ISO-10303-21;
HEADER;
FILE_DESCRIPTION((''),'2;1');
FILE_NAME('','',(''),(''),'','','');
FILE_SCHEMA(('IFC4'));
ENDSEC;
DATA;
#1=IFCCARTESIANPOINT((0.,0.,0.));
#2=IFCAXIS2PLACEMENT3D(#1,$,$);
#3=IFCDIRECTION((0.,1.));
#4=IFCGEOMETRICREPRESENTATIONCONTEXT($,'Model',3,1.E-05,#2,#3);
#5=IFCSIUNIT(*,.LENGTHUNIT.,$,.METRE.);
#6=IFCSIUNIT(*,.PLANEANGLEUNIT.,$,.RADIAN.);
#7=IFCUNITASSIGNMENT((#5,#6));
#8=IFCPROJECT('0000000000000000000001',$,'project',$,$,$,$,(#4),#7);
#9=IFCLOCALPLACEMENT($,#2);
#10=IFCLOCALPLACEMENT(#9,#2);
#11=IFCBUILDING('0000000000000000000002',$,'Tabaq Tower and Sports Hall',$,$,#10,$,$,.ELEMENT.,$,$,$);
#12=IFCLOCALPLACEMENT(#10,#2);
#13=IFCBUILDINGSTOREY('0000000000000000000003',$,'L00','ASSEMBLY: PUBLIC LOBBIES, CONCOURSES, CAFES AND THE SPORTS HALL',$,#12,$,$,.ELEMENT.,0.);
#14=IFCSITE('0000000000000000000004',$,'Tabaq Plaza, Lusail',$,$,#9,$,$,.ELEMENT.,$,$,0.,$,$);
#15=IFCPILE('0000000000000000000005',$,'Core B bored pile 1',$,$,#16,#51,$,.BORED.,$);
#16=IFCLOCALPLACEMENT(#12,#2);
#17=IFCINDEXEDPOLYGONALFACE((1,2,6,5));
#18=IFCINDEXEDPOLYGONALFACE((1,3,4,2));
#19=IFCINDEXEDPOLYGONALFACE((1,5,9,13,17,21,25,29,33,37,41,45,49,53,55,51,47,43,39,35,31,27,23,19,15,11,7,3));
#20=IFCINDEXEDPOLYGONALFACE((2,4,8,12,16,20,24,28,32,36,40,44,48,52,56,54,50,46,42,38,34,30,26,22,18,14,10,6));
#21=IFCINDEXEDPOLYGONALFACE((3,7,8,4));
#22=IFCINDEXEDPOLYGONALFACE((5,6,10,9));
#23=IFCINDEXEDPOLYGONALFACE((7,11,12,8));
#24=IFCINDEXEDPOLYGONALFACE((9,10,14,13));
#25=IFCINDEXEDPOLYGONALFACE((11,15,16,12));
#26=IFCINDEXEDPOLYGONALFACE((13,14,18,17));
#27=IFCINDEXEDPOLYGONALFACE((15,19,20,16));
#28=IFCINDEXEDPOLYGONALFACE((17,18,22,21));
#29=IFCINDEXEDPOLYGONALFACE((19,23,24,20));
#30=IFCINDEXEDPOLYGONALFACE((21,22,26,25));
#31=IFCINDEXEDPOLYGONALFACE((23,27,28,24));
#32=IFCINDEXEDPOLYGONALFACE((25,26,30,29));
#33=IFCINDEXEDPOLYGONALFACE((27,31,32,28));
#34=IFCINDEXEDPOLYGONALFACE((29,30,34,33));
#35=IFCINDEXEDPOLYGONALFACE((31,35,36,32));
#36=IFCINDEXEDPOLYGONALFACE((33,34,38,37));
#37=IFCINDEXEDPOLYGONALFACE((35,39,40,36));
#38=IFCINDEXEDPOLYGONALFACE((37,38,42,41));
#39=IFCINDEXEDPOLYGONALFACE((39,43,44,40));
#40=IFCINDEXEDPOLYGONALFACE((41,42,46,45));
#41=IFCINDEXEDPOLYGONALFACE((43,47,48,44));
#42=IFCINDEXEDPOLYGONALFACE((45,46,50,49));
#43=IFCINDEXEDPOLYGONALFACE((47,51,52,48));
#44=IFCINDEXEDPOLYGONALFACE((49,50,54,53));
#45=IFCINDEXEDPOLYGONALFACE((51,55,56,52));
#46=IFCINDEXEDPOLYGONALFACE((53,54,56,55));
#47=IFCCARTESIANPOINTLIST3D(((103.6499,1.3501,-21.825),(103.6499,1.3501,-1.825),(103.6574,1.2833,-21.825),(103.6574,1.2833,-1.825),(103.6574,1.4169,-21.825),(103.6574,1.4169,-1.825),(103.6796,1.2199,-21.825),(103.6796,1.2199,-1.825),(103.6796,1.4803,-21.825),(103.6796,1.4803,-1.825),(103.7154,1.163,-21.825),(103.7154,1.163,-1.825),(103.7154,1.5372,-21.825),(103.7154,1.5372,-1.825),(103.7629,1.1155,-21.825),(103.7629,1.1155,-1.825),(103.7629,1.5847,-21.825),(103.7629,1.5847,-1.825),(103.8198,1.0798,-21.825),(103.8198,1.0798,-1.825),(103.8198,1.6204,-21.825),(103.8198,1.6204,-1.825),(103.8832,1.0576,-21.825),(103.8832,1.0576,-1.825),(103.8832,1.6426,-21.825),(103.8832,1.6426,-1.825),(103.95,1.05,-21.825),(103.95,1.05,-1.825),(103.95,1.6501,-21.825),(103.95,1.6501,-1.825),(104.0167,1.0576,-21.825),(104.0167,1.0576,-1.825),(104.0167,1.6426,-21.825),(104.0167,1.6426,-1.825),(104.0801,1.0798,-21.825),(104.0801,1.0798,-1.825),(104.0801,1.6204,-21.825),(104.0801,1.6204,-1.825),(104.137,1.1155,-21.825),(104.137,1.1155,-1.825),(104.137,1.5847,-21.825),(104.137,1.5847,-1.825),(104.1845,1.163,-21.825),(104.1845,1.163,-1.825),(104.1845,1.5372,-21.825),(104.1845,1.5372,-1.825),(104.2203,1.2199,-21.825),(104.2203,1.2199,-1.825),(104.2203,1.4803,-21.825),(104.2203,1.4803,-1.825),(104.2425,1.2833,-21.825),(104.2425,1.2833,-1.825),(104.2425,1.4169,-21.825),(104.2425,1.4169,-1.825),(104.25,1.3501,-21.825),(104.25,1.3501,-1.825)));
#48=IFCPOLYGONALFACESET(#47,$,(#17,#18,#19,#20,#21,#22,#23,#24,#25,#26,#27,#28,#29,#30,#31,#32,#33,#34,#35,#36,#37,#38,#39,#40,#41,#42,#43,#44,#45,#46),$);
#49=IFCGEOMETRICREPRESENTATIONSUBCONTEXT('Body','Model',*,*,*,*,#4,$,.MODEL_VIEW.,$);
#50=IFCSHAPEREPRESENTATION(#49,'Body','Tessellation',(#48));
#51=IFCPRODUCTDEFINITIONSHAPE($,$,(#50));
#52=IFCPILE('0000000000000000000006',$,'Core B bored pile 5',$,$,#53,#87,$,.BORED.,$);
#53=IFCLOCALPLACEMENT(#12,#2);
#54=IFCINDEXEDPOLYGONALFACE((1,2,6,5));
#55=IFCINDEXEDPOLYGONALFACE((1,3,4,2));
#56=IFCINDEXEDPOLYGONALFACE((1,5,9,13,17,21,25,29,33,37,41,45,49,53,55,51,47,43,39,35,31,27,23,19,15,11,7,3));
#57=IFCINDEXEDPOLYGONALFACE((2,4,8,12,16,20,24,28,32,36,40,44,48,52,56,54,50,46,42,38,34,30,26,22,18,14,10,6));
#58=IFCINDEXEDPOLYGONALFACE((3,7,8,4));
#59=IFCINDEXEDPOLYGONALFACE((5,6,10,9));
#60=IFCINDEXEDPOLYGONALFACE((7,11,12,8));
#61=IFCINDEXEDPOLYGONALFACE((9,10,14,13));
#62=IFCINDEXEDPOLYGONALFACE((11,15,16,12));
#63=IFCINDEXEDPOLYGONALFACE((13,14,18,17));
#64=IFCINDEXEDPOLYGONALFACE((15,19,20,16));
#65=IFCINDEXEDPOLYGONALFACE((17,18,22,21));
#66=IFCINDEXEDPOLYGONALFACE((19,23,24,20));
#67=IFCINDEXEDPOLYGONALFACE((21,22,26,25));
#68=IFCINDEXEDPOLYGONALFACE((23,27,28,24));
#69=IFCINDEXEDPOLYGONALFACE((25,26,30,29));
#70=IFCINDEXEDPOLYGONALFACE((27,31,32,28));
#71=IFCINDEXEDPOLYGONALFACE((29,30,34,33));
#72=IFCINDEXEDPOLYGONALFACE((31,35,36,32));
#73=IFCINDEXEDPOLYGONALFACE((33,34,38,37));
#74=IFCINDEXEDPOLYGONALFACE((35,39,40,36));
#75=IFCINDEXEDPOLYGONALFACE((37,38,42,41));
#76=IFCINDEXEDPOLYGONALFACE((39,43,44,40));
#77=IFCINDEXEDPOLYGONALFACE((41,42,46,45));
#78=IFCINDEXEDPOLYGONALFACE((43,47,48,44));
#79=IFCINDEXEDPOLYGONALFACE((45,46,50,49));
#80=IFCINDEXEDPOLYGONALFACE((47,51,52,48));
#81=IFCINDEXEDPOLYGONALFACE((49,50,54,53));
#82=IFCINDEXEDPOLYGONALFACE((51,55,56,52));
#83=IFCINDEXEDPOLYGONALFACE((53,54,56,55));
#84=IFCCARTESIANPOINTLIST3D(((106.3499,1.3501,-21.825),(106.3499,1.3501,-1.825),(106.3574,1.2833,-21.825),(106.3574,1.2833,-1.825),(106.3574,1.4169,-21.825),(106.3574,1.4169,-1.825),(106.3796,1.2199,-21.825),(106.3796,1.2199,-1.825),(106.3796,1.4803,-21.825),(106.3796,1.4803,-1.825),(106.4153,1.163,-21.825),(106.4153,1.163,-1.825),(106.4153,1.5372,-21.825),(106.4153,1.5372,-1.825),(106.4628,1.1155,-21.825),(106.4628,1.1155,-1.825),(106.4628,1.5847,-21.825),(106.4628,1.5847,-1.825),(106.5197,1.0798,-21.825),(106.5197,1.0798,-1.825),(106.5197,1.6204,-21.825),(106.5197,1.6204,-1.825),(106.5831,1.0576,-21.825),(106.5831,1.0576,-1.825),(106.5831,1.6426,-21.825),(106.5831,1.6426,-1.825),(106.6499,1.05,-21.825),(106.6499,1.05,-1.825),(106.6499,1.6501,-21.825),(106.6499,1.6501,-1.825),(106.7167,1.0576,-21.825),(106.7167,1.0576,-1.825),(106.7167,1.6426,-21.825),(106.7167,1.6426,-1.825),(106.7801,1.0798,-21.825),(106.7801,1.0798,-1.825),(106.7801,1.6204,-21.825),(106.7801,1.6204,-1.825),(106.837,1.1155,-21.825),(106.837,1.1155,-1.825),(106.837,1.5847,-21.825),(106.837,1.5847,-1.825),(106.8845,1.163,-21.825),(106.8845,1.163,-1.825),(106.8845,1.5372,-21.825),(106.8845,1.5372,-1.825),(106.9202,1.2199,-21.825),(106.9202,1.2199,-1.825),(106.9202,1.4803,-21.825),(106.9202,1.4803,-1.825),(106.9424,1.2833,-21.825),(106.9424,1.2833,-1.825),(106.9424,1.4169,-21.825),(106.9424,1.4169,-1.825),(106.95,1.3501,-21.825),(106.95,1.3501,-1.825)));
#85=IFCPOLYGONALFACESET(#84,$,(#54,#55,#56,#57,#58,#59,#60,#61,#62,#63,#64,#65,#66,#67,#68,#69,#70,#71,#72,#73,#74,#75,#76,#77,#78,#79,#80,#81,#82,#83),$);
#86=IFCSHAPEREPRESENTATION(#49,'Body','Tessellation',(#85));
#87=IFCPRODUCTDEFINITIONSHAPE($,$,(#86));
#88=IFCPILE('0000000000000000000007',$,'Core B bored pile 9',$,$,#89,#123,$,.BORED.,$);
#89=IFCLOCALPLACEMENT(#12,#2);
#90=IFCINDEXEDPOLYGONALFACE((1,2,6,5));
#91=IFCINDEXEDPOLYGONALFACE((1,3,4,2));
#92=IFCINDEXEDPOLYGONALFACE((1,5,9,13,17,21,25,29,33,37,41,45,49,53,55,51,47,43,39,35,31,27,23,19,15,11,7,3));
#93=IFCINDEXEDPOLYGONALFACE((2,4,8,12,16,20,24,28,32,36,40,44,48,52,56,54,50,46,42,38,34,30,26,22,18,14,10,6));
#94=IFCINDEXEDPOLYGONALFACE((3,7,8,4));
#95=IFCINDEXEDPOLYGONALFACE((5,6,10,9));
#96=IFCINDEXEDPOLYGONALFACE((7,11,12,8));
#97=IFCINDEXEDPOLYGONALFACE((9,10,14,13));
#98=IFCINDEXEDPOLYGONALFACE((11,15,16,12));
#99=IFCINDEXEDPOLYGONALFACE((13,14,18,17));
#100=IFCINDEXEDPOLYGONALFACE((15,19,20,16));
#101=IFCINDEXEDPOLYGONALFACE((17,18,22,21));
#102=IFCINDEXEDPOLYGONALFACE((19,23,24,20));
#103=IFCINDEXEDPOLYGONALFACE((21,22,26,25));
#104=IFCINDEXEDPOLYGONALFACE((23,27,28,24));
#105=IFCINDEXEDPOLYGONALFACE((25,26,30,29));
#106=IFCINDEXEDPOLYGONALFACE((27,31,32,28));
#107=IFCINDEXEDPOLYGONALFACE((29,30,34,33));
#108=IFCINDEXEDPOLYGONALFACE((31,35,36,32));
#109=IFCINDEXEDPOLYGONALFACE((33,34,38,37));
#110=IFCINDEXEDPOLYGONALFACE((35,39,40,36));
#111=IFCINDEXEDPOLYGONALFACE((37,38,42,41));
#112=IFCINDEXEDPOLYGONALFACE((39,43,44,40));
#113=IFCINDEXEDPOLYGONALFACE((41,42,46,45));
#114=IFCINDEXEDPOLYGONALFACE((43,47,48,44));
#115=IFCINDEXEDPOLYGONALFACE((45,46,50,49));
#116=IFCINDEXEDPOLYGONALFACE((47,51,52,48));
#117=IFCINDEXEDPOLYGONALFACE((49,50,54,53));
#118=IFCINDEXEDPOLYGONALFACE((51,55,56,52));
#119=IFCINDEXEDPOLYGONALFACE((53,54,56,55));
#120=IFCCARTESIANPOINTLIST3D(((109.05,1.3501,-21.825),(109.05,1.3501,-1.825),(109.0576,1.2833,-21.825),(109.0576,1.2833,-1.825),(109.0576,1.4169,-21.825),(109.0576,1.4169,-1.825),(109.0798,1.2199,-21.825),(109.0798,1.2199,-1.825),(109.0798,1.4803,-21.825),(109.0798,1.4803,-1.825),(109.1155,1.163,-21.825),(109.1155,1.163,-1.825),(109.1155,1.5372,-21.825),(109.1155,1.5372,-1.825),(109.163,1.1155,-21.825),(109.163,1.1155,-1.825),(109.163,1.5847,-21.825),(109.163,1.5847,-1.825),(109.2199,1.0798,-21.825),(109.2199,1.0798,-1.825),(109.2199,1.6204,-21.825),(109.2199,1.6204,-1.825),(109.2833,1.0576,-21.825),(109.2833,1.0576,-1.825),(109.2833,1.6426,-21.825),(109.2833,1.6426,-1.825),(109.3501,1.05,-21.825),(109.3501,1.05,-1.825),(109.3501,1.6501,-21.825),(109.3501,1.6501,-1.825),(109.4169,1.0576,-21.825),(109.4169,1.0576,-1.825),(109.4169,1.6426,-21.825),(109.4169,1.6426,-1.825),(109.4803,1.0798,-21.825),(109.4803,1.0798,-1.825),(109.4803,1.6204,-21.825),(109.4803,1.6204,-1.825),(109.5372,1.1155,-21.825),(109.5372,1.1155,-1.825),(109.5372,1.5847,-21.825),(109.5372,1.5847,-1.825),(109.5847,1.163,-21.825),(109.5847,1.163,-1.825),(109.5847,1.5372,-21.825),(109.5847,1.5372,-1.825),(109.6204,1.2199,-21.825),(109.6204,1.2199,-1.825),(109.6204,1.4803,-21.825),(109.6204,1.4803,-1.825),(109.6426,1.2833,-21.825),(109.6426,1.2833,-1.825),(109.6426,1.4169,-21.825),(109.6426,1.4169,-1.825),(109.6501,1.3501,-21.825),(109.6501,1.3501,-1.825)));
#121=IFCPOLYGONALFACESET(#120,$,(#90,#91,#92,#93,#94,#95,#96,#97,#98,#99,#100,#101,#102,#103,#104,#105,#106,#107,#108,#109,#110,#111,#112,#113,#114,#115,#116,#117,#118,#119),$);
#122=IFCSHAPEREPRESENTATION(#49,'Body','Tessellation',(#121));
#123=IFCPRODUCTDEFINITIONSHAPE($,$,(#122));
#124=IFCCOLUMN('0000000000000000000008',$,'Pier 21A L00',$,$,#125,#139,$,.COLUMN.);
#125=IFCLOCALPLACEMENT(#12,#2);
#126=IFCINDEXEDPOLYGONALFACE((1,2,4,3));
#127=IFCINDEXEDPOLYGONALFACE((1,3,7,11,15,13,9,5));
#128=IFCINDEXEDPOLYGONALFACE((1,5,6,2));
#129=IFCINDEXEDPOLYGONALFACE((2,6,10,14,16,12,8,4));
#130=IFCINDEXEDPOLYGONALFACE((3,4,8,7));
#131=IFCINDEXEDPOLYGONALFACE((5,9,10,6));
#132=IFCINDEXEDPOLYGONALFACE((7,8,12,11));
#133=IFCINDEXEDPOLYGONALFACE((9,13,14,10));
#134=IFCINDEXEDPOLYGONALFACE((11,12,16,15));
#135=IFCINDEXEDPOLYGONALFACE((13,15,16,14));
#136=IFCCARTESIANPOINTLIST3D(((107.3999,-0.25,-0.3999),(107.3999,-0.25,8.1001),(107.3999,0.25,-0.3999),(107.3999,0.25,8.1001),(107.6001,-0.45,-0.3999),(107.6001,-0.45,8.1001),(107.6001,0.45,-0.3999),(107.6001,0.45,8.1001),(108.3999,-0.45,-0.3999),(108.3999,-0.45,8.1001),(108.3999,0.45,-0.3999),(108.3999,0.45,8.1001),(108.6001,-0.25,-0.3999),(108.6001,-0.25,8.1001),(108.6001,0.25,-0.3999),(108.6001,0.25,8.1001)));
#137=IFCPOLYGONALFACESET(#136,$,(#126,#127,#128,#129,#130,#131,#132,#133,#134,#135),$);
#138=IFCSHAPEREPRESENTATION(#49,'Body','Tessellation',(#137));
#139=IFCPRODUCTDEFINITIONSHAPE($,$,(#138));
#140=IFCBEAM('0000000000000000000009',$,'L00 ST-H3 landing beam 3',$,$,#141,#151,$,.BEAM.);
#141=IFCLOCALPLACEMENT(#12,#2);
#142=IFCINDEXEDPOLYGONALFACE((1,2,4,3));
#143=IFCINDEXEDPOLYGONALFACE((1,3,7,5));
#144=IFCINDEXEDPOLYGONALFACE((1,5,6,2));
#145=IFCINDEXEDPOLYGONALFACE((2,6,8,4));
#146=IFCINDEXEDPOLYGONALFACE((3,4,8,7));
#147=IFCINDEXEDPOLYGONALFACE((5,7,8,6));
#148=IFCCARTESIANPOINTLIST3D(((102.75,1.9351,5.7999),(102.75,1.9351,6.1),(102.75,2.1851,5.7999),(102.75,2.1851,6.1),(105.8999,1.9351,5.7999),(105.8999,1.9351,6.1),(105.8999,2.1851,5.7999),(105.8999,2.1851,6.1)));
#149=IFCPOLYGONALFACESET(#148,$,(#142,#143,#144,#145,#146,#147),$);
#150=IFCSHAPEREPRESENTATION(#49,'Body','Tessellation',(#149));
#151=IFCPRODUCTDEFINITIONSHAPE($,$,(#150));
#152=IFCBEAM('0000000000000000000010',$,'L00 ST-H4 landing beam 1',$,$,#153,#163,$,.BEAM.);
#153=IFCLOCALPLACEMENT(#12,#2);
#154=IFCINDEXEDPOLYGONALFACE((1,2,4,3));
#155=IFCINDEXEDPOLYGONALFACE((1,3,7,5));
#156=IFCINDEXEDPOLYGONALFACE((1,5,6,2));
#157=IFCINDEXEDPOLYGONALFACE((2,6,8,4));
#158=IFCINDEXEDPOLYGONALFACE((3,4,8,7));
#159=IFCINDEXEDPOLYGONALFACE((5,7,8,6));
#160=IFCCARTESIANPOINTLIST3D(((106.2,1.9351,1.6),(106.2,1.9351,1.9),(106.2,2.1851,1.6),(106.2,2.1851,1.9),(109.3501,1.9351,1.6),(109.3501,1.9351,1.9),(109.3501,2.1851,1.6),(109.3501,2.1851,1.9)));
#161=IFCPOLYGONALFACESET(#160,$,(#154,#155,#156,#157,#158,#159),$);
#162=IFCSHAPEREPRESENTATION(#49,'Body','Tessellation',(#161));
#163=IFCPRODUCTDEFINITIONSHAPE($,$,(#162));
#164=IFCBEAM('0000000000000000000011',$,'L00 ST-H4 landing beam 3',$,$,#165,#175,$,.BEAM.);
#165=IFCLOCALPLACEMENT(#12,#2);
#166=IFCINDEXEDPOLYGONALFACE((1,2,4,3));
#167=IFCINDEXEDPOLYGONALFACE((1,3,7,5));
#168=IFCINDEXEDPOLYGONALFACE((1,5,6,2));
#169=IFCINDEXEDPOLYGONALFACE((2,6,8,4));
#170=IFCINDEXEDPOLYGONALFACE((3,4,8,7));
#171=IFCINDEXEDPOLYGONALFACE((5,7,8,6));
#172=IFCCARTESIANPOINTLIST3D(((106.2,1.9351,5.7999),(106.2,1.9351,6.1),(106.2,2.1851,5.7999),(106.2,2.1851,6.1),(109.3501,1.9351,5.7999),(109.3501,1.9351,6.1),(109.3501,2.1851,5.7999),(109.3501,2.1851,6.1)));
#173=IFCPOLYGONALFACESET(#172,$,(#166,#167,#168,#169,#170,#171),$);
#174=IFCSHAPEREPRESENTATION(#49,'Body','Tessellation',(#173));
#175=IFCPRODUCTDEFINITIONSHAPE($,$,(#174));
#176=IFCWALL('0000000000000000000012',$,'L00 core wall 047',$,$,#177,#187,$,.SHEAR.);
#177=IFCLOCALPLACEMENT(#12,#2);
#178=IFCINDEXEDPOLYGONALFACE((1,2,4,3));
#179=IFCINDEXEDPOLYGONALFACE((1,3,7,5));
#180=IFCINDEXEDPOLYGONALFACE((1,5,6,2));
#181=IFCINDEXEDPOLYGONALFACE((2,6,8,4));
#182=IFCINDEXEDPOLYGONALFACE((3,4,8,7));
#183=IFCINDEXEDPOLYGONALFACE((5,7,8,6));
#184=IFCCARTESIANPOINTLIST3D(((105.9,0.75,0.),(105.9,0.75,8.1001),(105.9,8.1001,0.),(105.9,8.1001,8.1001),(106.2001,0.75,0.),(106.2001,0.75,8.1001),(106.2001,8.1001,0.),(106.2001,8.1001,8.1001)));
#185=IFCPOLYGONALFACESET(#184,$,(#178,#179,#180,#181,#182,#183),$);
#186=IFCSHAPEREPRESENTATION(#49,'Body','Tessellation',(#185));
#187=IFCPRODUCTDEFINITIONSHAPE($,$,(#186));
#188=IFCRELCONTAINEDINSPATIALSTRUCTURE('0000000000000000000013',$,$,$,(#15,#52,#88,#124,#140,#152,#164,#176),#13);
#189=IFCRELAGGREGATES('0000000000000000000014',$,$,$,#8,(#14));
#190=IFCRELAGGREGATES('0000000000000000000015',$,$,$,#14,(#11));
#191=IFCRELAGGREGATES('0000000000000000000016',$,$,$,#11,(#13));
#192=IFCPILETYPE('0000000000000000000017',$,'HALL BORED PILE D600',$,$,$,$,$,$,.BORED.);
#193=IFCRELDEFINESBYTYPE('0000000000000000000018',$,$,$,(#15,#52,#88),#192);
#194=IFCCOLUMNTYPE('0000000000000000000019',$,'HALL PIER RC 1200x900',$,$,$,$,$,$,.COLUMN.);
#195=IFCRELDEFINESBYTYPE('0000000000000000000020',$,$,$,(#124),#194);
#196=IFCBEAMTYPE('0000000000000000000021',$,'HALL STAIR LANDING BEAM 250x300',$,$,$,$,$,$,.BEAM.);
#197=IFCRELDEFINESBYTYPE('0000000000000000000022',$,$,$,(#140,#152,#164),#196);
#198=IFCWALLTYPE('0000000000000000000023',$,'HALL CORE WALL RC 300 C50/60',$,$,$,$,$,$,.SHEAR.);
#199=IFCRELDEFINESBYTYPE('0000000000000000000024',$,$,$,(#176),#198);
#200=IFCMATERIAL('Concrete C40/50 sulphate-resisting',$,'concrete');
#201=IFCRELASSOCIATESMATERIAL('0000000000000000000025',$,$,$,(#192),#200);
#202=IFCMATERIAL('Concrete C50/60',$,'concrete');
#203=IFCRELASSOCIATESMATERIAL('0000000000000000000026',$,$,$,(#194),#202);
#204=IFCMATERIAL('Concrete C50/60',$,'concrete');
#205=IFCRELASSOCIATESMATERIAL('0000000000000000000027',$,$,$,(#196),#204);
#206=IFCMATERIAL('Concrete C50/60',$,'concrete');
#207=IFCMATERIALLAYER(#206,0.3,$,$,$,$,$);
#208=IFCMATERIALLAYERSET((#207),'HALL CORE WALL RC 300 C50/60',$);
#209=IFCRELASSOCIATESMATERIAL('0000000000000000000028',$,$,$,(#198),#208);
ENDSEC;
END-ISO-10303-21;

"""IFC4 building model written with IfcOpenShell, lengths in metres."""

from ifc_helpers import new_model, si_unit, direction, frame, frame_2d, origin, origin_2d, place, context, subcontext, project, spatial, polyline, rectangle, circle, outline, extrude, material, layer, layer_set, material_profile, profile_set, type_object, element, save


model = new_model("IFC4")

# Units and contexts
model_context = context("Model", 3, precision=1e-05, world=origin(), true_north=direction((0.0, 1.0)))
body_context = subcontext(model_context, "Body", "Model", "MODEL_VIEW")
ifc_project = project(units=[si_unit("LENGTHUNIT", "METRE"), si_unit("PLANEANGLEUNIT", "RADIAN")], contexts=[model_context])

# Site, building, storey
site_placement = place(None, origin())
site = spatial("IfcSite", under=ifc_project, at=site_placement, Name="Tabaq Plaza, Lusail", CompositionType="ELEMENT", RefElevation=0.0)
building_placement = place(site_placement, origin())
building = spatial("IfcBuilding", under=site, at=building_placement, Name="Tabaq Tower and Sports Hall", CompositionType="ELEMENT")
storey_placement = place(building_placement, origin())
storey = spatial("IfcBuildingStorey", under=building, at=storey_placement, Name="L00", Description="ASSEMBLY: PUBLIC LOBBIES, CONCOURSES, CAFES AND THE SPORTS HALL", CompositionType="ELEMENT", Elevation=0.0)

# Piles
ifc_material_1 = material(Name="Concrete C40/50 sulphate-resisting", Category="concrete")
ifc_material_profile_1 = material_profile(ifc_material_1, circle(Radius=0.3, at=origin_2d()), Name="D600")
ifc_profile_set_1 = profile_set([ifc_material_profile_1], Name="Concrete C40/50 sulphate-resisting")
pile_type = type_object("IfcPileType", Name="HALL BORED PILE D600", PredefinedType="BORED", material=ifc_profile_set_1)
for number, where, z_axis, x_axis, name in (
    (1, (103.95, 1.3501, -1.825), (0.0, 0.0, -1.0), (1.0, 0.0, 0.0), "Core B bored pile 1"),
    (2, (106.6499, 1.3501, -1.825), (0.0, 0.0, -1.0), (1.0, 0.0, 0.0), "Core B bored pile 5"),
    (3, (109.3501, 1.3501, -1.825), (0.0, 0.0, -1.0), (1.0, 0.0, 0.0), "Core B bored pile 9"),
):
    element("IfcPile", number, at=place(storey_placement, frame(where, z_axis=z_axis, x_axis=x_axis)), inside=storey, type_object=pile_type, Name=name, PredefinedType="BORED", context=body_context, shape_type="SweptSolid", body=[
        extrude(circle(Radius=0.3, at=origin_2d()), origin(), (0.0, 0.0, 1.0), 20.0),
    ])

# Column
ifc_material_2 = material(Name="Concrete C50/60", Category="concrete")
ifc_material_profile_2 = material_profile(ifc_material_2, outline(polyline([(-0.3999, -0.45), (0.3999, -0.45), (0.6001, -0.25), (0.6001, 0.25), (0.3999, 0.45), (-0.3999, 0.45), (-0.6001, 0.25), (-0.6001, -0.25), (-0.3999, -0.45)])), Name="PIER 1200x900")
ifc_profile_set_2 = profile_set([ifc_material_profile_2], Name="Concrete C50/60")
column_type = type_object("IfcColumnType", Name="HALL PIER RC 1200x900", PredefinedType="COLUMN", material=ifc_profile_set_2)
column_placement = place(storey_placement, frame((108.0, 0.0, -0.3999), z_axis=(0.0, 0.0, 1.0), x_axis=(1.0, 0.0, 0.0)))
element("IfcColumn", 4, at=column_placement, inside=storey, type_object=column_type, Name="Pier 21A L00", PredefinedType="COLUMN", context=body_context, shape_type="SweptSolid", body=[
    extrude(outline(polyline([(-0.3999, -0.45), (0.3999, -0.45), (0.6001, -0.25), (0.6001, 0.25), (0.3999, 0.45), (-0.3999, 0.45), (-0.6001, 0.25), (-0.6001, -0.25), (-0.3999, -0.45)])), origin(), (0.0, 0.0, 1.0), 8.5),
])

# Beams
ifc_material_3 = material(Name="Concrete C50/60", Category="concrete")
ifc_material_profile_3 = material_profile(ifc_material_3, rectangle(XDim=0.25, YDim=0.3, at=origin_2d()), Name="RC 250x300")
ifc_profile_set_3 = profile_set([ifc_material_profile_3], Name="Concrete C50/60")
beam_type = type_object("IfcBeamType", Name="HALL STAIR LANDING BEAM 250x300", PredefinedType="BEAM", material=ifc_profile_set_3)
beam_placement = place(storey_placement, frame((102.75, 2.0601, 5.95), z_axis=(1.0, 0.0, 0.0), x_axis=(0.0, 1.0, 0.0)))
element("IfcBeam", 5, at=beam_placement, inside=storey, type_object=beam_type, Name="L00 ST-H3 landing beam 3", PredefinedType="BEAM", context=body_context, shape_type="SweptSolid", body=[
    extrude(rectangle(XDim=0.25, YDim=0.3, at=origin_2d()), origin(), (0.0, 0.0, 1.0), 3.1499),
])
for number, where, z_axis, x_axis, name in (
    (6, (106.2, 2.0601, 1.75), (1.0, 0.0, 0.0), (0.0, 1.0, 0.0), "L00 ST-H4 landing beam 1"),
    (7, (106.2, 2.0601, 5.95), (1.0, 0.0, 0.0), (0.0, 1.0, 0.0), "L00 ST-H4 landing beam 3"),
):
    element("IfcBeam", number, at=place(storey_placement, frame(where, z_axis=z_axis, x_axis=x_axis)), inside=storey, type_object=beam_type, Name=name, PredefinedType="BEAM", context=body_context, shape_type="SweptSolid", body=[
        extrude(rectangle(XDim=0.25, YDim=0.3, at=origin_2d()), origin(), (0.0, 0.0, 1.0), 3.1501),
    ])

# Wall
ifc_material_4 = material(Name="Concrete C50/60", Category="concrete")
ifc_layer_1 = layer(ifc_material_4, 0.3)
ifc_layer_set_1 = layer_set([ifc_layer_1], Name="HALL CORE WALL RC 300 C50/60")
wall_type_1 = type_object("IfcWallType", Name="HALL CORE WALL RC 300 C50/60", PredefinedType="SHEAR", material=ifc_layer_set_1)
wall_1_placement = place(storey_placement, frame((106.05, 0.75, 0.0), z_axis=(0.0, 0.0, 1.0), x_axis=(0.0, 1.0, 0.0)))
element("IfcWall", 8, at=wall_1_placement, inside=storey, type_object=wall_type_1, Name="L00 core wall 047", PredefinedType="SHEAR", context=body_context, shape_type="SweptSolid", body=[
    extrude(rectangle(XDim=7.3501, YDim=0.3, at=frame_2d((3.675, 0.0))), origin(), (0.0, 0.0, 1.0), 8.1001),
])

save(model, "model.ifc")
